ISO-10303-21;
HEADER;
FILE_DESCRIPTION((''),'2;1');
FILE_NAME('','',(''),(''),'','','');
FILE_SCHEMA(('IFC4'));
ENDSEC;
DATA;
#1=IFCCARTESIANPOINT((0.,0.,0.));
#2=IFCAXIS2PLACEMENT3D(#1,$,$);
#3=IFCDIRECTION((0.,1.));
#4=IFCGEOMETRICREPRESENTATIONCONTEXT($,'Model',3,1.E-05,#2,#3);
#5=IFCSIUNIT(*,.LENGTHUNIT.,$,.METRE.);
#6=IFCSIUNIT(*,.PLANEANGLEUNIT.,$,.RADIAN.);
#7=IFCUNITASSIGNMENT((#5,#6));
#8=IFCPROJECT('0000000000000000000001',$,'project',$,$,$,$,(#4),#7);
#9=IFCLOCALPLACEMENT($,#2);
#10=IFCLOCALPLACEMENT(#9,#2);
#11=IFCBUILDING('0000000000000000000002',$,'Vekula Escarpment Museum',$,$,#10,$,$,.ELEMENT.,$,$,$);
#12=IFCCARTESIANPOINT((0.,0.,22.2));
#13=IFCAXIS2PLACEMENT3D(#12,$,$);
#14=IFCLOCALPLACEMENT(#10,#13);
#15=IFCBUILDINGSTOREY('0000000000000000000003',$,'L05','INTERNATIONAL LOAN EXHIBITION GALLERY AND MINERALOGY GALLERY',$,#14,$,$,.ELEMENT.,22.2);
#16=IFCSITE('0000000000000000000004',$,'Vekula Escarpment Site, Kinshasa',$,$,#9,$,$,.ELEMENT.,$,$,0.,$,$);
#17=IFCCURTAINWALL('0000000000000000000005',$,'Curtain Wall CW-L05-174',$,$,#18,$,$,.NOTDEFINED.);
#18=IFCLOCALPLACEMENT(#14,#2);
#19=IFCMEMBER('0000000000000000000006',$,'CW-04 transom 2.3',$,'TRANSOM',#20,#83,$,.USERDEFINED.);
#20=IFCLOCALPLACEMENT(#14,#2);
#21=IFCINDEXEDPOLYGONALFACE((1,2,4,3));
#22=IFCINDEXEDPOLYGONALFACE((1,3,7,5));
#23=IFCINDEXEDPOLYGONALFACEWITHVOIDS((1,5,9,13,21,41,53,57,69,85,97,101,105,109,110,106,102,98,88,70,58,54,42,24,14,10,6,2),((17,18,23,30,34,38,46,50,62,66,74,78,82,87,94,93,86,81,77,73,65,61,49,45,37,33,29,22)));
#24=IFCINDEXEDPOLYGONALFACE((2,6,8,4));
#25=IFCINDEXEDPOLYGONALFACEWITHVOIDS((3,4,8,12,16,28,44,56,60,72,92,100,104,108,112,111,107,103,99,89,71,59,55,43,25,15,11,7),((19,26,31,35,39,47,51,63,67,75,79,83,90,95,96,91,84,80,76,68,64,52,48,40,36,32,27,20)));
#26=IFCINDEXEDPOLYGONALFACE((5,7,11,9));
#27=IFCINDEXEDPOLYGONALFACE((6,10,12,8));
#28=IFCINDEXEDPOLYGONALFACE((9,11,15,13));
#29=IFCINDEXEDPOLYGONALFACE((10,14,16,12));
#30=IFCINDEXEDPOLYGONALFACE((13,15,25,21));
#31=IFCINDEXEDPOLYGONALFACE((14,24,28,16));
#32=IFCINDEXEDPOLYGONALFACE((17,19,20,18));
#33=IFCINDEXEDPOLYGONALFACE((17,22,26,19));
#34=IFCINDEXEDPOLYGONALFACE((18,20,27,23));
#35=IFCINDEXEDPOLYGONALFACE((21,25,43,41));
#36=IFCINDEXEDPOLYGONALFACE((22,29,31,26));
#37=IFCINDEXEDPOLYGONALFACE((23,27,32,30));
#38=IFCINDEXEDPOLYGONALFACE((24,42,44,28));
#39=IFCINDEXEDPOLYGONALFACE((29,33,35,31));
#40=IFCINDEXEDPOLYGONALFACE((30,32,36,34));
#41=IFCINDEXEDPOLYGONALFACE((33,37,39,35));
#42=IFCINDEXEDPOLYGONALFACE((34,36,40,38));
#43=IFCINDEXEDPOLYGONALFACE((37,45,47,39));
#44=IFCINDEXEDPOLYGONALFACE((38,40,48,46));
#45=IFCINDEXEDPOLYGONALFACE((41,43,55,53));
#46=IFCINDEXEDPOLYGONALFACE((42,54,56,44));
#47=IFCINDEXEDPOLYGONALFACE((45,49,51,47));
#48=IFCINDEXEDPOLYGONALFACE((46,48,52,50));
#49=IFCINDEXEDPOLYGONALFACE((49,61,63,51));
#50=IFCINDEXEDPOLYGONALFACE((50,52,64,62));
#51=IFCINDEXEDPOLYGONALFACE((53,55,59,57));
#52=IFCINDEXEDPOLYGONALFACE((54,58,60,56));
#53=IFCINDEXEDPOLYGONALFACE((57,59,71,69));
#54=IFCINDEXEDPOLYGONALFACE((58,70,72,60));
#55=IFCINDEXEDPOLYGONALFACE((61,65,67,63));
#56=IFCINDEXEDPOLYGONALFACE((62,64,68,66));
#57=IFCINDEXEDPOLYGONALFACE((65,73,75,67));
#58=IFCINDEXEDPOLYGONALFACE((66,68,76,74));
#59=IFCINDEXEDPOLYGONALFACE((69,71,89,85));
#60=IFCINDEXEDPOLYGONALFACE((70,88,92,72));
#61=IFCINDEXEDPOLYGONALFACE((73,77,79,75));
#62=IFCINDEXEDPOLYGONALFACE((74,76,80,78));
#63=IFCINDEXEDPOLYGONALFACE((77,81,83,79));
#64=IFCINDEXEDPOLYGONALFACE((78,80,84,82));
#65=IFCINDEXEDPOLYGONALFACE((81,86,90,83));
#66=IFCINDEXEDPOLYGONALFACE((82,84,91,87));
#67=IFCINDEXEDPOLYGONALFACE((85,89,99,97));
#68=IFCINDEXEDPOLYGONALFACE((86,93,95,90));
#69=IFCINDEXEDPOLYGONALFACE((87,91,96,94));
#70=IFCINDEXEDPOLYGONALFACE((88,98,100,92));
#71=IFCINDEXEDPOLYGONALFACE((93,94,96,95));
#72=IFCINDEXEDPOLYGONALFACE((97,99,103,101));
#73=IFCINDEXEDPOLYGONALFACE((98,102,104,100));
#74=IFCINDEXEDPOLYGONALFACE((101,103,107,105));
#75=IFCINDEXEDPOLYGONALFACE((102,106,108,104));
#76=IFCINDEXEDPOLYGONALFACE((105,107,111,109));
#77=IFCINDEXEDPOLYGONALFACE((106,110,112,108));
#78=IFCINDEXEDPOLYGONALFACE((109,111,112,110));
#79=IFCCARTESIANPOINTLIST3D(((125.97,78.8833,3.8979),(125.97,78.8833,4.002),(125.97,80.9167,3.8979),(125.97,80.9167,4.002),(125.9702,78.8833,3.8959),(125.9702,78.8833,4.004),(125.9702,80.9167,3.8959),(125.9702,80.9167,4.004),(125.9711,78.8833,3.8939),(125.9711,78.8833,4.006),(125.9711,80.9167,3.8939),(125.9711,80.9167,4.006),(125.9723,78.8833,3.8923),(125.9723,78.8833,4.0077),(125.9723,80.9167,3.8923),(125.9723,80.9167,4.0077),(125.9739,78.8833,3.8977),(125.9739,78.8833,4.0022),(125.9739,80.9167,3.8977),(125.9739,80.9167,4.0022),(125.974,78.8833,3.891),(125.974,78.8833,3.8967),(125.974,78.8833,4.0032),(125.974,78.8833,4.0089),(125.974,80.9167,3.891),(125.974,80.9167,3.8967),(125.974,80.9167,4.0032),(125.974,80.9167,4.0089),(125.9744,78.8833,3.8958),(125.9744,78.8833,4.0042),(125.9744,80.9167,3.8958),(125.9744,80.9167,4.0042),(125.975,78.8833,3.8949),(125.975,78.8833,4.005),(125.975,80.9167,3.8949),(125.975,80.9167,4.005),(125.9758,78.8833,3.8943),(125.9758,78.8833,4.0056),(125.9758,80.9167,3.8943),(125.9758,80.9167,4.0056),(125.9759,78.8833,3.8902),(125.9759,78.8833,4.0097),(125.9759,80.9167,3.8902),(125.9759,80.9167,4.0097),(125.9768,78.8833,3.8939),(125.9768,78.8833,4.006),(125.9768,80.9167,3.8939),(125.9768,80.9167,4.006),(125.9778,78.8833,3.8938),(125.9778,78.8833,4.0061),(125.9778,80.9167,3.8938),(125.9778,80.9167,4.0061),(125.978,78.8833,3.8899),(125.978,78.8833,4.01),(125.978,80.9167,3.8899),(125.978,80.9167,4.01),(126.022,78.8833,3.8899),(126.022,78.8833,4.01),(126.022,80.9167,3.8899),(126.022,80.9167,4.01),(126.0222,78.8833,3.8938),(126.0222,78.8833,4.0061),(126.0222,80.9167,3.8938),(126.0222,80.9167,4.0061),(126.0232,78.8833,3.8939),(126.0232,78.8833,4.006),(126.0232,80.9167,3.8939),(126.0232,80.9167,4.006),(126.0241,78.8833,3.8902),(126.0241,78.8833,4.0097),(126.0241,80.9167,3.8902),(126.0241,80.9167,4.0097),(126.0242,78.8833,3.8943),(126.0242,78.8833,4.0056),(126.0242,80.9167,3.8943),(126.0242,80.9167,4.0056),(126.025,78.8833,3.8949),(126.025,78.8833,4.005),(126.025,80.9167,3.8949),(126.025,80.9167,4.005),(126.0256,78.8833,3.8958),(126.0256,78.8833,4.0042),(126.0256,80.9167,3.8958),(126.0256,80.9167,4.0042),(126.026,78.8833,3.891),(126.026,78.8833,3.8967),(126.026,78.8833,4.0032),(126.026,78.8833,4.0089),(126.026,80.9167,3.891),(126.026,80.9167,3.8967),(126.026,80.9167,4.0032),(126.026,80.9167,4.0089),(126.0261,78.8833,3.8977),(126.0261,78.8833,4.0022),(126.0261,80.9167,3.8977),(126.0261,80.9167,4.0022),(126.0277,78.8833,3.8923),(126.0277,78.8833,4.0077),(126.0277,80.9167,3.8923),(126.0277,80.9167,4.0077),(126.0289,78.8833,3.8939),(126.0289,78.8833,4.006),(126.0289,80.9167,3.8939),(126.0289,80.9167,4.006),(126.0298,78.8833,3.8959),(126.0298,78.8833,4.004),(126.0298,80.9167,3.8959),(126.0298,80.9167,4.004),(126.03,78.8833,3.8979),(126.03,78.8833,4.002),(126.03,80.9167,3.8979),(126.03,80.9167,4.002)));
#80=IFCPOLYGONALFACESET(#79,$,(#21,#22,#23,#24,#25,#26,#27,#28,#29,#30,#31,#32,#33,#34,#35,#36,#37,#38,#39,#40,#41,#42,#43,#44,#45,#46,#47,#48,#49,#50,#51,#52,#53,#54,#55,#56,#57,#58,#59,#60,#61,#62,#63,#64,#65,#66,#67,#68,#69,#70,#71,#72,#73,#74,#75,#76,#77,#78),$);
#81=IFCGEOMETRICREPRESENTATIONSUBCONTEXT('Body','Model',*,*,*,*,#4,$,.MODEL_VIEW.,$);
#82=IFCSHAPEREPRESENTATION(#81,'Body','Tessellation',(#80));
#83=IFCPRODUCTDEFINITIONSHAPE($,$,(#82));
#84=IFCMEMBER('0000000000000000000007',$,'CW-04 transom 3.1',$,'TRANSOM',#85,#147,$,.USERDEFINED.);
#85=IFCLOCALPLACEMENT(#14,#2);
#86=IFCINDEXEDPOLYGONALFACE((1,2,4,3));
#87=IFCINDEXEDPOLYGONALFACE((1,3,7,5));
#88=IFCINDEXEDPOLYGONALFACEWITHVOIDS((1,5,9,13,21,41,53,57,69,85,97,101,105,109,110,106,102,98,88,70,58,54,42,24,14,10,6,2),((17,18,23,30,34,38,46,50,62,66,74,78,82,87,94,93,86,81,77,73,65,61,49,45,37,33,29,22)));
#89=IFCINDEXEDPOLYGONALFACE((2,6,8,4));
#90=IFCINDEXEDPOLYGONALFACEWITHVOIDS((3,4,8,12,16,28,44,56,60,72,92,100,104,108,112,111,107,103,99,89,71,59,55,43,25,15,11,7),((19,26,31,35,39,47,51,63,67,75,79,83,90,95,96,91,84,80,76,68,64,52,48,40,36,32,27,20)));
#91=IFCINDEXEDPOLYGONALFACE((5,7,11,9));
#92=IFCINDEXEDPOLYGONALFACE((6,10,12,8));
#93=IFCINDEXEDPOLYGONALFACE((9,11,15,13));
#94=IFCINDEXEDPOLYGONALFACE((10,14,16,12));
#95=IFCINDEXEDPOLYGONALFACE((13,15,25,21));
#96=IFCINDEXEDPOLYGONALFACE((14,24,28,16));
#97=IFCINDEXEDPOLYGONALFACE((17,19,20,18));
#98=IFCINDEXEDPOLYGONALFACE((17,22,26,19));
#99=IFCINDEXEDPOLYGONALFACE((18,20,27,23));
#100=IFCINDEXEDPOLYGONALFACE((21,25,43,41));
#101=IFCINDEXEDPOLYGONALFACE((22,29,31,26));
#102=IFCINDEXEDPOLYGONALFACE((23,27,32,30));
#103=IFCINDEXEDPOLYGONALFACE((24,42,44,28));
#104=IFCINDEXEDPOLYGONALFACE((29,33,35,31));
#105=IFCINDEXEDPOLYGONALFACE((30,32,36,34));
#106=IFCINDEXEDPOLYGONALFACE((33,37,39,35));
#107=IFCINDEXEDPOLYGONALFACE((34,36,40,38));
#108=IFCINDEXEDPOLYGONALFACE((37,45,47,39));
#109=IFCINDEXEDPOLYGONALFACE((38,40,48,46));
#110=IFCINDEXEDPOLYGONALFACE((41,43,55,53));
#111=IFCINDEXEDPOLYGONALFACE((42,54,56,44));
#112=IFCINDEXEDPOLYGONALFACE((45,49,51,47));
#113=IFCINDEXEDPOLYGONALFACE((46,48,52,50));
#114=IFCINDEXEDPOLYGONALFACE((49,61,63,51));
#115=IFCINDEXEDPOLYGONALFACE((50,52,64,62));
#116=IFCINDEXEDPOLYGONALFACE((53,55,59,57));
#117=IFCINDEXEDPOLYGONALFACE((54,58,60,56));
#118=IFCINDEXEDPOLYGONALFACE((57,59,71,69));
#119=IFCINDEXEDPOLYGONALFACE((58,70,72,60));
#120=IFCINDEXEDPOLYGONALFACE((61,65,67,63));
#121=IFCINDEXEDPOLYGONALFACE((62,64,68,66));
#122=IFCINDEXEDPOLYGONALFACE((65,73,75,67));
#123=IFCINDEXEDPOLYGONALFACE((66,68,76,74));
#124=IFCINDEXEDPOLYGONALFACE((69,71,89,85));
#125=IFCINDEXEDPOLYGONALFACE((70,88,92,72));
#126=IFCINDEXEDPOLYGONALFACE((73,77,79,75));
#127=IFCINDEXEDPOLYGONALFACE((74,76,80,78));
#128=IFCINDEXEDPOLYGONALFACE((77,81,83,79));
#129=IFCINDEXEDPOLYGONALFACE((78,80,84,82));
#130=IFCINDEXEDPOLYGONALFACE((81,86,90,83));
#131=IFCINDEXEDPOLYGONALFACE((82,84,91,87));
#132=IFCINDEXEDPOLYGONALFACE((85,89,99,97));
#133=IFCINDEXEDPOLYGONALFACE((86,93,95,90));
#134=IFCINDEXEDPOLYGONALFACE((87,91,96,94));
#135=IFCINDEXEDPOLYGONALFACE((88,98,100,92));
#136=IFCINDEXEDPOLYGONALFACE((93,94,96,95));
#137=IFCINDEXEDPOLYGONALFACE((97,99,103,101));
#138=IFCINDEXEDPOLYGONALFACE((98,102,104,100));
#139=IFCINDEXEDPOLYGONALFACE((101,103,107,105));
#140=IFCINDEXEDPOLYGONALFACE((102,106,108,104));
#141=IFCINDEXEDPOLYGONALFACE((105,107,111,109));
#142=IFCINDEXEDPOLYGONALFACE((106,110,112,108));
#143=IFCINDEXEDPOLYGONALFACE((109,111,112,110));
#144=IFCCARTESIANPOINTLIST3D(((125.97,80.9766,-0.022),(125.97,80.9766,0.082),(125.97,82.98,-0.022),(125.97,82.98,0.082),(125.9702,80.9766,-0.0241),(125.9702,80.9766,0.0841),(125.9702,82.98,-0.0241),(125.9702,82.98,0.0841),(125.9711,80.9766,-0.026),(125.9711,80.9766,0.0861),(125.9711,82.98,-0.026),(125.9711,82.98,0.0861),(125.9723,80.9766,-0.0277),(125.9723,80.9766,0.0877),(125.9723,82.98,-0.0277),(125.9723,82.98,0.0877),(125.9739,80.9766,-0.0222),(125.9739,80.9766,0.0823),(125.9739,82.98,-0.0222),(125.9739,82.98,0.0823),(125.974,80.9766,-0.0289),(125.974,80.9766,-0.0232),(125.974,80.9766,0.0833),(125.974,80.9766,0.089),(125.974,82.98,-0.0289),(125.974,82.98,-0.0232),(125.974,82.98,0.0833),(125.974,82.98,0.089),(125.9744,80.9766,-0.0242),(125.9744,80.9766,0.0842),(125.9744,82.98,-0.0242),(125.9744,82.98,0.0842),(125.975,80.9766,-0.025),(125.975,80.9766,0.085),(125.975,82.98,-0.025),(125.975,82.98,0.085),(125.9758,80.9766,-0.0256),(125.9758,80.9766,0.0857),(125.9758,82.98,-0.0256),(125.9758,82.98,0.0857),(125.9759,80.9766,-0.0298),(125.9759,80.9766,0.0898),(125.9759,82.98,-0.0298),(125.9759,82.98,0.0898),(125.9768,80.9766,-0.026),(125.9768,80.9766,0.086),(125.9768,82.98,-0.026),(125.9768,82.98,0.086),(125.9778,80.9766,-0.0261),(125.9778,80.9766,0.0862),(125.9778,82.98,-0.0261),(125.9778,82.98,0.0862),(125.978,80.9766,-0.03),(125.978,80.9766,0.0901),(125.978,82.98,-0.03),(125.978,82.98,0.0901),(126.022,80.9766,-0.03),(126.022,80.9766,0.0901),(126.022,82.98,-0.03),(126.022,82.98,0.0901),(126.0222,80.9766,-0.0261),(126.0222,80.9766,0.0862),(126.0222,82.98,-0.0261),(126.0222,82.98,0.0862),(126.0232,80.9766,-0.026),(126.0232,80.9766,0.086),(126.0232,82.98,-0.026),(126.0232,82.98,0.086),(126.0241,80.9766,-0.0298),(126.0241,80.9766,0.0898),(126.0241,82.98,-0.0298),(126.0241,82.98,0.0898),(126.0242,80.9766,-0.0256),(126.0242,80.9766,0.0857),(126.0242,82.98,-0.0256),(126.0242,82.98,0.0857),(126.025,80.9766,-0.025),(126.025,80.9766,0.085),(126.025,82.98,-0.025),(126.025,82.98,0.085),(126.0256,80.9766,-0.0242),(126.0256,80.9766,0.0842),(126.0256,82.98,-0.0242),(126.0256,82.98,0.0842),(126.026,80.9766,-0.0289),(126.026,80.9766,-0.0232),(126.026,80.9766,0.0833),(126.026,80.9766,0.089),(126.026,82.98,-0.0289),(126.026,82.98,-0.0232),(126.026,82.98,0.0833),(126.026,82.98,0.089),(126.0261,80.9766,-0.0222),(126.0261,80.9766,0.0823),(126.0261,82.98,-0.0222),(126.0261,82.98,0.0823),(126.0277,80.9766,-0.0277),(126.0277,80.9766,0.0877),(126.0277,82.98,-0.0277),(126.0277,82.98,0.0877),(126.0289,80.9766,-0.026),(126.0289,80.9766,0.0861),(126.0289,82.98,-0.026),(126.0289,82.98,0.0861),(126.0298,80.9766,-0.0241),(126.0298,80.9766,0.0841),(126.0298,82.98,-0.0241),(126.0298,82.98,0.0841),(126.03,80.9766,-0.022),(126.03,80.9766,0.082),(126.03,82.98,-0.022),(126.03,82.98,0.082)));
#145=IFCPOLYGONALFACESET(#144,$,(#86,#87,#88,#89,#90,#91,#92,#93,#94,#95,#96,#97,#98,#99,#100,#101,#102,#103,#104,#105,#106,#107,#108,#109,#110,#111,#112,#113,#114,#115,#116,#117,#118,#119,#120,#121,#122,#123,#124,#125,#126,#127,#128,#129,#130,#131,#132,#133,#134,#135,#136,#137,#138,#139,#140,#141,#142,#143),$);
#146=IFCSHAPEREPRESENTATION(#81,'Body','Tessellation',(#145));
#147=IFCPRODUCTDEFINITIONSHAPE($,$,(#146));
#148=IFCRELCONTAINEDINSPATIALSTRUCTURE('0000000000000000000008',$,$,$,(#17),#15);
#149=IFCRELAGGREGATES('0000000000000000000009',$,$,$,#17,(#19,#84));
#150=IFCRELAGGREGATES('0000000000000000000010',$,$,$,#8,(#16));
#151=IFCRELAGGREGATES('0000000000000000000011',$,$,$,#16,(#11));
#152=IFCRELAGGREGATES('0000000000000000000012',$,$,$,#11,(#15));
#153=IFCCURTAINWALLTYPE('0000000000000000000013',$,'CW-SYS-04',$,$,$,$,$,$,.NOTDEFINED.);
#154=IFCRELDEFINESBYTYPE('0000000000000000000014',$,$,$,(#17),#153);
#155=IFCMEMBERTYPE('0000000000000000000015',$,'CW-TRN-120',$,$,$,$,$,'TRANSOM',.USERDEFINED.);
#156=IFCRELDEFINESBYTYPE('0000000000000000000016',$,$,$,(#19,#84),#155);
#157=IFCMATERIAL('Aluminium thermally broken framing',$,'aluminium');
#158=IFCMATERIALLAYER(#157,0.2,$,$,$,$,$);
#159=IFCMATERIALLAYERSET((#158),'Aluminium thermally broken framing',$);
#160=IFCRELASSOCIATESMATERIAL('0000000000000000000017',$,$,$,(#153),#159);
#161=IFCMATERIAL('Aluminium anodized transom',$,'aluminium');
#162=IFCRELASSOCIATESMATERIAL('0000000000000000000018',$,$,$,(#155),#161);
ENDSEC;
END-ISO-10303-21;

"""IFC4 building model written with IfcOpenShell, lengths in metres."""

from ifc_helpers import new_model, si_unit, direction, frame, origin, origin_2d, place, context, subcontext, project, spatial, hollow_rectangle, extrude, material, layer, layer_set, material_profile, profile_set, type_object, element, aggregate, save


model = new_model("IFC4")

# Units and contexts
model_context = context("Model", 3, precision=1e-05, world=origin(), true_north=direction((0.0, 1.0)))
body_context = subcontext(model_context, "Body", "Model", "MODEL_VIEW")
ifc_project = project(units=[si_unit("LENGTHUNIT", "METRE"), si_unit("PLANEANGLEUNIT", "RADIAN")], contexts=[model_context])

# Site, building, storey
site_placement = place(None, origin())
site = spatial("IfcSite", under=ifc_project, at=site_placement, Name="Vekula Escarpment Site, Kinshasa", CompositionType="ELEMENT", RefElevation=0.0)
building_placement = place(site_placement, origin())
building = spatial("IfcBuilding", under=site, at=building_placement, Name="Vekula Escarpment Museum", CompositionType="ELEMENT")
storey_placement = place(building_placement, frame((0.0, 0.0, 22.2)))
storey = spatial("IfcBuildingStorey", under=building, at=storey_placement, Name="L05", Description="INTERNATIONAL LOAN EXHIBITION GALLERY AND MINERALOGY GALLERY", CompositionType="ELEMENT", Elevation=22.2)

# Curtain wall
ifc_material_1 = material(Name="Aluminium thermally broken framing", Category="aluminium")
ifc_layer_1 = layer(ifc_material_1, 0.2)
ifc_layer_set_1 = layer_set([ifc_layer_1], Name="Aluminium thermally broken framing")
curtain_wall_type_1 = type_object("IfcCurtainWallType", Name="CW-SYS-04", PredefinedType="NOTDEFINED", material=ifc_layer_set_1)
curtain_wall_1_placement = place(storey_placement, origin())
curtain_wall_1 = element("IfcCurtainWall", 1, at=curtain_wall_1_placement, inside=storey, type_object=curtain_wall_type_1, Name="Curtain Wall CW-L05-174", PredefinedType="NOTDEFINED")

# Members
ifc_material_2 = material(Name="Aluminium anodized transom", Category="aluminium")
ifc_material_profile_1 = material_profile(ifc_material_2, hollow_rectangle(XDim=0.0601, YDim=0.1201, WallThickness=0.0039, InnerFilletRadius=0.0039, OuterFilletRadius=0.0081, at=origin_2d()), Name="ALU 120x60x4")
ifc_profile_set_1 = profile_set([ifc_material_profile_1], Name="Aluminium anodized transom")
member_type_1 = type_object("IfcMemberType", Name="CW-TRN-120", ElementType="TRANSOM", PredefinedType="USERDEFINED", material=ifc_profile_set_1)
member_1_placement = place(storey_placement, frame((126.0, 78.8833, 3.95), z_axis=(0.0, 1.0, 0.0), x_axis=(-1.0, 0.0, 0.0)))
member_1 = element("IfcMember", 2, at=member_1_placement, type_object=member_type_1, Name="CW-04 transom 2.3", ObjectType="TRANSOM", PredefinedType="USERDEFINED", context=body_context, shape_type="SweptSolid", body=[
    extrude(hollow_rectangle(XDim=0.0601, YDim=0.1201, WallThickness=0.0039, InnerFilletRadius=0.0039, OuterFilletRadius=0.0081, at=origin_2d()), origin(), (0.0, 0.0, 1.0), 2.0334),
])
member_2_placement = place(storey_placement, frame((126.0, 80.9766, 0.03), z_axis=(0.0, 1.0, 0.0), x_axis=(-1.0, 0.0, 0.0)))
member_2 = element("IfcMember", 3, at=member_2_placement, type_object=member_type_1, Name="CW-04 transom 3.1", ObjectType="TRANSOM", PredefinedType="USERDEFINED", context=body_context, shape_type="SweptSolid", body=[
    extrude(hollow_rectangle(XDim=0.0601, YDim=0.1201, WallThickness=0.0039, InnerFilletRadius=0.0039, OuterFilletRadius=0.0081, at=origin_2d()), origin(), (0.0, 0.0, 1.0), 2.0034),
])

aggregate(curtain_wall_1, [member_1, member_2])

save(model, "model.ifc")
